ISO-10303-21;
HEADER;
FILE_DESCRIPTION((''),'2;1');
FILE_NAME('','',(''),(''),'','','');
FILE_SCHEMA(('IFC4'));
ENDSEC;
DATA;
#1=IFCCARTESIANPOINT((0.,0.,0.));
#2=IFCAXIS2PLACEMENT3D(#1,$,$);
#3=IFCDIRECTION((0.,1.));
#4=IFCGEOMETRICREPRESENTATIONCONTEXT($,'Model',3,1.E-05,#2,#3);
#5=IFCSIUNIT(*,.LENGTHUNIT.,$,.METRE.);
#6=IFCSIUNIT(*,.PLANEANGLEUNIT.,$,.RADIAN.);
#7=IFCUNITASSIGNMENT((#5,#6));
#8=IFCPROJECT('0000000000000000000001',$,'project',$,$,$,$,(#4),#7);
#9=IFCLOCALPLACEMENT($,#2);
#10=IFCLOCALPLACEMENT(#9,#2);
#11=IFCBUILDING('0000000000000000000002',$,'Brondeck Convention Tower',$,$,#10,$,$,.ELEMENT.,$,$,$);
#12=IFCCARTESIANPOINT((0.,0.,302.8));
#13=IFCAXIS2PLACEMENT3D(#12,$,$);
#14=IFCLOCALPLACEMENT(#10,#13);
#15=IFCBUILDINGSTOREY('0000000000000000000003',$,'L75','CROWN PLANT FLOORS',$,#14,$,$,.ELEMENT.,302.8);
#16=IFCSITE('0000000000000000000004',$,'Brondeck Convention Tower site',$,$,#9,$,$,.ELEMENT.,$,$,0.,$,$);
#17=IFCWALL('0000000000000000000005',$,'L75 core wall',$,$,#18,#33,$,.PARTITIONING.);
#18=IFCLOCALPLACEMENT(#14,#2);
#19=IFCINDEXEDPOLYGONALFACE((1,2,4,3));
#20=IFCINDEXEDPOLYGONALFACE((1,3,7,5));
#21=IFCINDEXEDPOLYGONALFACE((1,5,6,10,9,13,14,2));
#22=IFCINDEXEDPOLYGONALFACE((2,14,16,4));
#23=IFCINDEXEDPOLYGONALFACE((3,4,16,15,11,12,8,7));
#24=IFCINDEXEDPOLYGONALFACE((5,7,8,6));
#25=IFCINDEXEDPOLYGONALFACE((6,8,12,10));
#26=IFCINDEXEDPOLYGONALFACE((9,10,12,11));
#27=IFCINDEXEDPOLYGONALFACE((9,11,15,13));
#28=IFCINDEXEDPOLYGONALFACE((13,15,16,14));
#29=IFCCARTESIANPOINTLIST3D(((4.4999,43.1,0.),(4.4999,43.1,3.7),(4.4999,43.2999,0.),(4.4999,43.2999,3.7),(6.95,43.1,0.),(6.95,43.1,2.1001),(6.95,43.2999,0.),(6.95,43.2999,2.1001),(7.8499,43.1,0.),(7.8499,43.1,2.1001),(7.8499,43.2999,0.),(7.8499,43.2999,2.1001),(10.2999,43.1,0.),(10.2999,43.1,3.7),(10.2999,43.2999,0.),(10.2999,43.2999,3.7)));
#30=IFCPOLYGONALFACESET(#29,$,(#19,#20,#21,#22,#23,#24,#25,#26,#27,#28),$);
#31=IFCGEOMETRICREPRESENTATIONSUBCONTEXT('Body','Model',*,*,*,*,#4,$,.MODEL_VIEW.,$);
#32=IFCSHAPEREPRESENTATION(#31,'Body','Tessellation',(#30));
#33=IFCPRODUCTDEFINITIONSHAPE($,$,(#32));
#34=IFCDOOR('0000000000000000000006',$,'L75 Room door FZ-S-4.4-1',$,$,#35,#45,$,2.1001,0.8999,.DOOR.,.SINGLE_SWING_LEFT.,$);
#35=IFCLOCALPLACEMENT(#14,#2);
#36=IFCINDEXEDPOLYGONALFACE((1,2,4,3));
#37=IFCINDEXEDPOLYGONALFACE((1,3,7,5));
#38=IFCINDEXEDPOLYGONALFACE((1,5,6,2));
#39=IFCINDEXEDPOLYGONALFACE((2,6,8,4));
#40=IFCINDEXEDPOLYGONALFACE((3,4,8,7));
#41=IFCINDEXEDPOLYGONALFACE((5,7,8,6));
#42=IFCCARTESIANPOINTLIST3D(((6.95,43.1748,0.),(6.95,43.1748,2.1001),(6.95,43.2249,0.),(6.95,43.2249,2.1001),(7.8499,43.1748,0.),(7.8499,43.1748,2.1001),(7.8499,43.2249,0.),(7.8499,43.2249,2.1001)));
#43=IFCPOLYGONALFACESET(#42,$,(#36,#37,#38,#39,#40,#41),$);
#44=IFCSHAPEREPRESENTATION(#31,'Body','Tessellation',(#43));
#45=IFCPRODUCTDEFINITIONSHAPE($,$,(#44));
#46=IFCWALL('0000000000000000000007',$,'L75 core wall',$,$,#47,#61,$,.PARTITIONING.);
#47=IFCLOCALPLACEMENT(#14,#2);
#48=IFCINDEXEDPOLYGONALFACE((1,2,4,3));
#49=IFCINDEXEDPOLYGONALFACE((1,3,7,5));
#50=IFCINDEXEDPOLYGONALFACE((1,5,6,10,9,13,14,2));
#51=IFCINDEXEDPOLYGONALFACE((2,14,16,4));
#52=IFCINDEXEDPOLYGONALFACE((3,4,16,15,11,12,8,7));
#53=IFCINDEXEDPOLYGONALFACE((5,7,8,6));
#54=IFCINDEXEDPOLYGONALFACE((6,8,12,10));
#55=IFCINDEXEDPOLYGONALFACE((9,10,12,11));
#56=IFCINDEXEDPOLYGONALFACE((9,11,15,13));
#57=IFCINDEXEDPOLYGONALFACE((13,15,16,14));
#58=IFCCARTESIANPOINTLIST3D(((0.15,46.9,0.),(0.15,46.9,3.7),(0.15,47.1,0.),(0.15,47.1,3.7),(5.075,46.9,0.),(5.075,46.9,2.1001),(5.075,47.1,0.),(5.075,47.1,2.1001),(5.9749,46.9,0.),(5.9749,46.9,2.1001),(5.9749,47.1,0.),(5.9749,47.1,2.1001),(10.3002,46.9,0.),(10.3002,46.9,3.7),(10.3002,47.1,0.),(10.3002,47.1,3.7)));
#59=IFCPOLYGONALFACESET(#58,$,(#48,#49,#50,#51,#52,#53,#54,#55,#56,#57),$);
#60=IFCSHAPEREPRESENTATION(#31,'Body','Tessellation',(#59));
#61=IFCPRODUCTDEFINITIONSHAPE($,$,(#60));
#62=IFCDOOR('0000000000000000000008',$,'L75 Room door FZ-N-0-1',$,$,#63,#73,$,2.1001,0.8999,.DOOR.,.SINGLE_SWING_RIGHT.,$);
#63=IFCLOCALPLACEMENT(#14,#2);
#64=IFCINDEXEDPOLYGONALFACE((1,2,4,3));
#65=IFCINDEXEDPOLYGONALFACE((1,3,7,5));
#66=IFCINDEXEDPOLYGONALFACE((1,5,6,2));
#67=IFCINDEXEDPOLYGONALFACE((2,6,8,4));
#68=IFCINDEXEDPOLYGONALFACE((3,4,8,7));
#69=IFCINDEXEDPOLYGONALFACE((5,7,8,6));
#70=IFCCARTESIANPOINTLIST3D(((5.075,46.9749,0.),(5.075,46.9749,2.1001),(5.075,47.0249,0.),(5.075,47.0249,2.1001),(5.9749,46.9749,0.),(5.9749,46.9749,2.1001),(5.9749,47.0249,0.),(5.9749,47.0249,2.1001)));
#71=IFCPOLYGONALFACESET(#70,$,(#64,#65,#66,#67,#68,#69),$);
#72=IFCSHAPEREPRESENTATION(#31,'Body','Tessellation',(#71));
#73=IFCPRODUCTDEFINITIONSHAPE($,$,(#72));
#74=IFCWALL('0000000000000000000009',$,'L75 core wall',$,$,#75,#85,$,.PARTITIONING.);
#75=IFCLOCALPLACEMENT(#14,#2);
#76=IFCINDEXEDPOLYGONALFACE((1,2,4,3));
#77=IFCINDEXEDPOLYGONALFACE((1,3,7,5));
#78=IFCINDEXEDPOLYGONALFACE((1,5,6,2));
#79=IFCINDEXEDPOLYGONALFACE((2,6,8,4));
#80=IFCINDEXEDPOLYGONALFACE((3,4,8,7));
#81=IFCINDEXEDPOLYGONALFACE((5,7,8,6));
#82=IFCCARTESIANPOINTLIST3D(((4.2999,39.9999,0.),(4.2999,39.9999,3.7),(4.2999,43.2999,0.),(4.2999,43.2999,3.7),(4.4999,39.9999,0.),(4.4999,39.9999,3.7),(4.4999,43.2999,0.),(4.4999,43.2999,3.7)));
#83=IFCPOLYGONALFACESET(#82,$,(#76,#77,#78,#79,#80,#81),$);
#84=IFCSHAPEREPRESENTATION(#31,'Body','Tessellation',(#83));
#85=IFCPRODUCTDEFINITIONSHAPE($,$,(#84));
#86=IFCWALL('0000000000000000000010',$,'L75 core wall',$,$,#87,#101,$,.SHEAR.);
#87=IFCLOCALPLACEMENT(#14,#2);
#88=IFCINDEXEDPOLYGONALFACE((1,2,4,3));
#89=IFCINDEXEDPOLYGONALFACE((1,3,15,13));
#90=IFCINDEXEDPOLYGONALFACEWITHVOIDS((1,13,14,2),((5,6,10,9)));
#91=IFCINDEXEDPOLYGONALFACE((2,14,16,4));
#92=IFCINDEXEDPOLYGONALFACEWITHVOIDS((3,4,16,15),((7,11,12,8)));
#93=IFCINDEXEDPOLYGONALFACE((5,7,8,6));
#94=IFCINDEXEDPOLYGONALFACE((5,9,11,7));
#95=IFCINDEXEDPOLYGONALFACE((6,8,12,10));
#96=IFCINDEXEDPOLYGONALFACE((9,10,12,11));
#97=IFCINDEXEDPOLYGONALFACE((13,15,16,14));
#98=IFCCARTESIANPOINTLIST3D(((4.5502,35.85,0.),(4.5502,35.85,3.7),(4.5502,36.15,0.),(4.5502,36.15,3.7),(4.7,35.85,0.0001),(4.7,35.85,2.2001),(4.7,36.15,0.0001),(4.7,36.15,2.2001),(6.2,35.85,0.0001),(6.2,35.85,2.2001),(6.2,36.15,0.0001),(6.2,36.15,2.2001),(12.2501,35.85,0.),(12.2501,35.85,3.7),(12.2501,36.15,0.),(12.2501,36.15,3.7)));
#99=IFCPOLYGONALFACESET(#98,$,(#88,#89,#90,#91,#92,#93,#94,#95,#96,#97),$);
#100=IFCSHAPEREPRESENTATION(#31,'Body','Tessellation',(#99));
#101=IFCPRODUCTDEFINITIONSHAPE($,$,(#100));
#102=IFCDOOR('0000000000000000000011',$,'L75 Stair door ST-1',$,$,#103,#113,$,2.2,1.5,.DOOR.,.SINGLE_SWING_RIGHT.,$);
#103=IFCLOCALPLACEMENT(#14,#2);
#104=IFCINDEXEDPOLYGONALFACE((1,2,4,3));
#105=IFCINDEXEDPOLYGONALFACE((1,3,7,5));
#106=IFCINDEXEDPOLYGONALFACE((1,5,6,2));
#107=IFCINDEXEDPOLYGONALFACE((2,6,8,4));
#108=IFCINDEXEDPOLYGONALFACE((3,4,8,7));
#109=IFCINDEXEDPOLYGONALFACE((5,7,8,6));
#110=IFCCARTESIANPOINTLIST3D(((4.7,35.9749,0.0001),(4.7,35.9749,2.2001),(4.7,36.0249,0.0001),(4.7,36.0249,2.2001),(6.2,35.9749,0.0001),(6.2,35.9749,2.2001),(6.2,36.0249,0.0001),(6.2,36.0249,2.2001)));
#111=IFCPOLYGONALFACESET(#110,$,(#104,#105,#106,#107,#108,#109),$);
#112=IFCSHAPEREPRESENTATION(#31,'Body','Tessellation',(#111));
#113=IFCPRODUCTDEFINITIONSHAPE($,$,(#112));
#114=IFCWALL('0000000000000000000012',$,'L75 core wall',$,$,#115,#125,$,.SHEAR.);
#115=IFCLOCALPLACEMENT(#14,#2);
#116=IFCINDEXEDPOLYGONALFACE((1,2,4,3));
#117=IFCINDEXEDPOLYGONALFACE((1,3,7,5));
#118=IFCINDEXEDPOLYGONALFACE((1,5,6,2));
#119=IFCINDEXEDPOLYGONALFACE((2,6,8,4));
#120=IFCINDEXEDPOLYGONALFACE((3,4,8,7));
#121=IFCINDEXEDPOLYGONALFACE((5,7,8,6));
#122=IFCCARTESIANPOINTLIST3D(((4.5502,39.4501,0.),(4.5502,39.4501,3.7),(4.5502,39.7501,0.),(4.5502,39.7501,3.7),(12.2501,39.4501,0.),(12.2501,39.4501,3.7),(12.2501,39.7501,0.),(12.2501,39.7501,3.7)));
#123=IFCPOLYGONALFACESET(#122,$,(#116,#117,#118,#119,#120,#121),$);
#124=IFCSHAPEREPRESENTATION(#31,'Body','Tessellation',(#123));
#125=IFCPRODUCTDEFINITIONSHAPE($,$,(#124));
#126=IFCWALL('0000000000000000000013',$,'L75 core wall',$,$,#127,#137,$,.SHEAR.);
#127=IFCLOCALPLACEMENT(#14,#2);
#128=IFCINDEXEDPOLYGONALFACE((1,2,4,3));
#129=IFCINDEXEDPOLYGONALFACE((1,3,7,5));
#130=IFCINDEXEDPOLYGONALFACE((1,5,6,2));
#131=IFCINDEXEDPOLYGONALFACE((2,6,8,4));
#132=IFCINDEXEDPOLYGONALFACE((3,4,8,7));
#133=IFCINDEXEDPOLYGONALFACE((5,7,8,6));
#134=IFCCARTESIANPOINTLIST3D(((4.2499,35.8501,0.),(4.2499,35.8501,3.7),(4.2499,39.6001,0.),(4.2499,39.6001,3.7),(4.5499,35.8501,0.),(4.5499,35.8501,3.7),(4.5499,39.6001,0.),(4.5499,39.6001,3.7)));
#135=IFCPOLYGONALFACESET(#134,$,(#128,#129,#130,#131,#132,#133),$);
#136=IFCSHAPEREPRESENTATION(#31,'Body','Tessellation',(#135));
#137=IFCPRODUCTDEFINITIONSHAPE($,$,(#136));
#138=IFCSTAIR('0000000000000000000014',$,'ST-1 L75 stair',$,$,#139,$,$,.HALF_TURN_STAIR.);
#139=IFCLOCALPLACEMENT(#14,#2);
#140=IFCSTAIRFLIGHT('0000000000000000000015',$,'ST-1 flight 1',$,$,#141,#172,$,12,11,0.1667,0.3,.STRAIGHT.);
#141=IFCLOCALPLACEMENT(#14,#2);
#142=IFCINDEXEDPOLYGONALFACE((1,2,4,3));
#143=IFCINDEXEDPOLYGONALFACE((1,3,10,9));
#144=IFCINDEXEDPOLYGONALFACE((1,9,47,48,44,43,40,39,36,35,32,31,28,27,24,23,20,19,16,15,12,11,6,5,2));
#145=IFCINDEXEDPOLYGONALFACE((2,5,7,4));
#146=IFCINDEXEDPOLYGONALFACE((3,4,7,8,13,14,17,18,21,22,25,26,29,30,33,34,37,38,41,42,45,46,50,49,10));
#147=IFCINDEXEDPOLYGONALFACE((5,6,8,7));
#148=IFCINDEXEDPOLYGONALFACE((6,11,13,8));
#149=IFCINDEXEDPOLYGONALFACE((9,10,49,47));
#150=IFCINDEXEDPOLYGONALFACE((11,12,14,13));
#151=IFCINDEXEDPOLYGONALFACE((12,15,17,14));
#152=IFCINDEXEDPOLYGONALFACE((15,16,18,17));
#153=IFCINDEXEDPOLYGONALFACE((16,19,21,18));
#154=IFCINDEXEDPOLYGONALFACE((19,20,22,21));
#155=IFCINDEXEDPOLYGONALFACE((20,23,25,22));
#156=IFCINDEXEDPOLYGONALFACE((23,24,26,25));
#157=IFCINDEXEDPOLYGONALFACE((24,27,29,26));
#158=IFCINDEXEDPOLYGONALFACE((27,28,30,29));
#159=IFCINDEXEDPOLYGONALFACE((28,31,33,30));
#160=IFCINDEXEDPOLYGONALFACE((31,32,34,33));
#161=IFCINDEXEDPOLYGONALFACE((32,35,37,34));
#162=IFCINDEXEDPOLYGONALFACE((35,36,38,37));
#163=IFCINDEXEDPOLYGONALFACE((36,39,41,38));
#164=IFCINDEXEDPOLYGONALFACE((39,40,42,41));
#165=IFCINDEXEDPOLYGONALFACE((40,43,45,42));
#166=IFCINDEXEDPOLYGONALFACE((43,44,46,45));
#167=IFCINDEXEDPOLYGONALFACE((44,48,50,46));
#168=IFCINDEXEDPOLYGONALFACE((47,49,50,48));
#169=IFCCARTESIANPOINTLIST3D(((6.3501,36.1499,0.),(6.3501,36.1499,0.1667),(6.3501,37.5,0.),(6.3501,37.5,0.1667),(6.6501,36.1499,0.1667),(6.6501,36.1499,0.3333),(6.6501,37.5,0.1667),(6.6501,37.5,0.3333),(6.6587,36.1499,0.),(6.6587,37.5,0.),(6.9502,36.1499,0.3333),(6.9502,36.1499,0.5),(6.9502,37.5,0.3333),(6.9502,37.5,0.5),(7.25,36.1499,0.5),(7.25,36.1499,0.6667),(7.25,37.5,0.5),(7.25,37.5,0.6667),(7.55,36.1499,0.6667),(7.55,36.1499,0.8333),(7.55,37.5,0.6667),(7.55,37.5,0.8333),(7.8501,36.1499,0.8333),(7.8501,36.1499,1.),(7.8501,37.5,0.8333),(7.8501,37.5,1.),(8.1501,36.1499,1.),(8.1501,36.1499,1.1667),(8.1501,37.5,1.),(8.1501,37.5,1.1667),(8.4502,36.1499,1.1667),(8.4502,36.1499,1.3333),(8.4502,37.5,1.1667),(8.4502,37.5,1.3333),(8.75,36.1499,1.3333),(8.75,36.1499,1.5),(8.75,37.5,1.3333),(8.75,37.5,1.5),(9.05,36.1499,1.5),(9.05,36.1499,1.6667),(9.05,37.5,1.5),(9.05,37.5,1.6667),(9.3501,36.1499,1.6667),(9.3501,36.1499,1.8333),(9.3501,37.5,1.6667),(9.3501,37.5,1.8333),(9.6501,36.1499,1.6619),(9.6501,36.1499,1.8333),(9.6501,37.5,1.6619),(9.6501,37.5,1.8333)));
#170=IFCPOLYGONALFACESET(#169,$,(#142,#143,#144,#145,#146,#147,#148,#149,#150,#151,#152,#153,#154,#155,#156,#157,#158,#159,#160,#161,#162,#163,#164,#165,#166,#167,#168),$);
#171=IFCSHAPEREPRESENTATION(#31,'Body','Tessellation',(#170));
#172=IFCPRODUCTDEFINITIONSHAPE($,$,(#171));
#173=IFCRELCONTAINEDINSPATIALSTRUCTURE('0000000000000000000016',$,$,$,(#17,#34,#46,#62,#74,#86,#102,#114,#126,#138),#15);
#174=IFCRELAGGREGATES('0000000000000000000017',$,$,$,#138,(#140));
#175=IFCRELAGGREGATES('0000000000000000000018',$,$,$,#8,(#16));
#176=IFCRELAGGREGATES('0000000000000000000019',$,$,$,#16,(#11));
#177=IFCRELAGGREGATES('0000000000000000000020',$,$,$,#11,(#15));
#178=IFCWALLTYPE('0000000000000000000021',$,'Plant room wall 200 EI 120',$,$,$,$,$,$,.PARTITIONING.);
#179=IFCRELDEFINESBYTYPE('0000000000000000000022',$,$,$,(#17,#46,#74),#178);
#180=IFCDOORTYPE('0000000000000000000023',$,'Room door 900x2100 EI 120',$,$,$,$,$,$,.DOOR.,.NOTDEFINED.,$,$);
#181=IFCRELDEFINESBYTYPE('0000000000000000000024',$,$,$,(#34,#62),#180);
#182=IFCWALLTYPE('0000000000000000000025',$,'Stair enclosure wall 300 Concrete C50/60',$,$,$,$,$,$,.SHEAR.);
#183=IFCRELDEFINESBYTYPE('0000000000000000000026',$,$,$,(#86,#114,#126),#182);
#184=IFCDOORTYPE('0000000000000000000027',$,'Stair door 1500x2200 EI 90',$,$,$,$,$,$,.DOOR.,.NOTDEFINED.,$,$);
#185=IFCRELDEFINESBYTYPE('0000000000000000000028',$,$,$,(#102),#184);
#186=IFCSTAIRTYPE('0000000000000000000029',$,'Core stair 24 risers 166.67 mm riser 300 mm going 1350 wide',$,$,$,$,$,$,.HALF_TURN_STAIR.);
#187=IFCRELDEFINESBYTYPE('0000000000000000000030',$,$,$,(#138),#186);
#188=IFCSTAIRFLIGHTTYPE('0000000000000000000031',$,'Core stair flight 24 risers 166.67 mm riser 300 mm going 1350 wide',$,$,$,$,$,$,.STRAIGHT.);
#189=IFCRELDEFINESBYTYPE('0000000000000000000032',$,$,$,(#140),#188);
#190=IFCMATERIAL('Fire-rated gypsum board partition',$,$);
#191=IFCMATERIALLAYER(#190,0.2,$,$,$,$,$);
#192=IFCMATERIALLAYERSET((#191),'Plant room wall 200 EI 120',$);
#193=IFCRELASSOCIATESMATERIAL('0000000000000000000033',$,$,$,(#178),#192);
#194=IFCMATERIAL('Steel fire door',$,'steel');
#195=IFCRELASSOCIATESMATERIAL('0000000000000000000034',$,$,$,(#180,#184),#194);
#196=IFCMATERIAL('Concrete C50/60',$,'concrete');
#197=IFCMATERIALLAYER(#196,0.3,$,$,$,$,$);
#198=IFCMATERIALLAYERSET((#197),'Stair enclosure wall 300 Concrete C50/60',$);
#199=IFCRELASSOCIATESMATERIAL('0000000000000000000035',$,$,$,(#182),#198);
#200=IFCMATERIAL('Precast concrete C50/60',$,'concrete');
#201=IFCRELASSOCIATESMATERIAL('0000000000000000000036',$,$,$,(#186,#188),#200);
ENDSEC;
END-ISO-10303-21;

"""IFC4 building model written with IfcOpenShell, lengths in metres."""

from ifc_helpers import new_model, si_unit, direction, frame, frame_2d, origin, place, context, subcontext, project, spatial, polyline, rectangle, outline, extrude, material, layer, layer_set, type_object, element, fill, aggregate, save


model = new_model("IFC4")

# Units and contexts
model_context = context("Model", 3, precision=1e-05, world=origin(), true_north=direction((0.0, 1.0)))
body_context = subcontext(model_context, "Body", "Model", "MODEL_VIEW")
ifc_project = project(units=[si_unit("LENGTHUNIT", "METRE"), si_unit("PLANEANGLEUNIT", "RADIAN")], contexts=[model_context])

# Site, building, storey
site_placement = place(None, origin())
site = spatial("IfcSite", under=ifc_project, at=site_placement, Name="Brondeck Convention Tower site", CompositionType="ELEMENT", RefElevation=0.0)
building_placement = place(site_placement, origin())
building = spatial("IfcBuilding", under=site, at=building_placement, Name="Brondeck Convention Tower", CompositionType="ELEMENT")
storey_placement = place(building_placement, frame((0.0, 0.0, 302.8)))
storey = spatial("IfcBuildingStorey", under=building, at=storey_placement, Name="L75", Description="CROWN PLANT FLOORS", CompositionType="ELEMENT", Elevation=302.8)

# Shared definitions
ifc_material_1 = material(Name="Concrete C50/60", Category="concrete")

# Shared definitions
ifc_material_2 = material(Name="Fire-rated gypsum board partition")
ifc_layer_1 = layer(ifc_material_2, 0.2)
ifc_layer_set_1 = layer_set([ifc_layer_1], Name="Plant room wall 200 EI 120")
wall_type_1 = type_object("IfcWallType", Name="Plant room wall 200 EI 120", PredefinedType="PARTITIONING", material=ifc_layer_set_1)

# Walls, openings, doors
wall_1_placement = place(storey_placement, frame((4.5, 43.2, 0.0), z_axis=(0.0, 0.0, 1.0), x_axis=(1.0, 0.0, 0.0)))
wall_1 = element("IfcWall", 1, at=wall_1_placement, inside=storey, type_object=wall_type_1, Name="L75 core wall", PredefinedType="PARTITIONING", context=body_context, shape_type="SweptSolid", body=[
    extrude(rectangle(XDim=5.8, YDim=0.2, at=frame_2d((2.8999, 0.0))), origin(), (0.0, 0.0, 1.0), 3.7),
])
opening_1_placement = place(wall_1_placement, frame((2.45, 0.0, 0.0)))
opening_1 = element("IfcOpeningElement", 2, at=opening_1_placement, cuts=wall_1, PredefinedType="OPENING", context=body_context, shape_type="SweptSolid", body=[
    extrude(rectangle(XDim=0.8999, YDim=2.1001, at=frame_2d((0.45, 1.05))), frame((0.0, 0.1099, 0.0), z_axis=(0.0, -1.0, 0.0), x_axis=(1.0, 0.0, 0.0)), (0.0, 0.0, 1.0), 0.22),
])
ifc_material_3 = material(Name="Steel fire door", Category="steel")
door_type_1 = type_object("IfcDoorType", Name="Room door 900x2100 EI 120", OperationType="NOTDEFINED", PredefinedType="DOOR", material=ifc_material_3)
door_1_placement = place(opening_1_placement, origin())
door_1 = element("IfcDoor", 3, at=door_1_placement, inside=storey, type_object=door_type_1, Name="L75 Room door FZ-S-4.4-1", OperationType="SINGLE_SWING_LEFT", OverallHeight=2.1001, OverallWidth=0.8999, PredefinedType="DOOR", context=body_context, shape_type="SweptSolid", body=[
    extrude(rectangle(XDim=0.8999, YDim=2.1001, at=frame_2d((0.45, 1.05))), frame((0.0, 0.0249, 0.0), z_axis=(0.0, -1.0, 0.0), x_axis=(1.0, 0.0, 0.0)), (0.0, 0.0, 1.0), 0.05),
])
fill(opening_1, door_1)
wall_2_placement = place(storey_placement, frame((0.1499, 47.0, 0.0), z_axis=(0.0, 0.0, 1.0), x_axis=(1.0, 0.0, 0.0)))
wall_2 = element("IfcWall", 4, at=wall_2_placement, inside=storey, type_object=wall_type_1, Name="L75 core wall", PredefinedType="PARTITIONING", context=body_context, shape_type="SweptSolid", body=[
    extrude(rectangle(XDim=10.1501, YDim=0.2, at=frame_2d((5.0752, 0.0))), origin(), (0.0, 0.0, 1.0), 3.7),
])
opening_2_placement = place(wall_2_placement, frame((4.925, 0.0, 0.0)))
opening_2 = element("IfcOpeningElement", 5, at=opening_2_placement, cuts=wall_2, PredefinedType="OPENING", context=body_context, shape_type="SweptSolid", body=[
    extrude(rectangle(XDim=0.8999, YDim=2.1001, at=frame_2d((0.45, 1.05))), frame((0.0, 0.1099, 0.0), z_axis=(0.0, -1.0, 0.0), x_axis=(1.0, 0.0, 0.0)), (0.0, 0.0, 1.0), 0.22),
])
door_2_placement = place(opening_2_placement, origin())
door_2 = element("IfcDoor", 6, at=door_2_placement, inside=storey, type_object=door_type_1, Name="L75 Room door FZ-N-0-1", OperationType="SINGLE_SWING_RIGHT", OverallHeight=2.1001, OverallWidth=0.8999, PredefinedType="DOOR", context=body_context, shape_type="SweptSolid", body=[
    extrude(rectangle(XDim=0.8999, YDim=2.1001, at=frame_2d((0.45, 1.05))), frame((0.0, 0.0249, 0.0), z_axis=(0.0, -1.0, 0.0), x_axis=(1.0, 0.0, 0.0)), (0.0, 0.0, 1.0), 0.05),
])
fill(opening_2, door_2)

# Wall
wall_3_placement = place(storey_placement, frame((4.3999, 40.0, 0.0), z_axis=(0.0, 0.0, 1.0), x_axis=(0.0, 1.0, 0.0)))
element("IfcWall", 7, at=wall_3_placement, inside=storey, type_object=wall_type_1, Name="L75 core wall", PredefinedType="PARTITIONING", context=body_context, shape_type="SweptSolid", body=[
    extrude(rectangle(XDim=3.3, YDim=0.2, at=frame_2d((1.6499, 0.0))), origin(), (0.0, 0.0, 1.0), 3.7),
])

# Wall, opening, door
ifc_layer_2 = layer(ifc_material_1, 0.3)
ifc_layer_set_2 = layer_set([ifc_layer_2], Name="Stair enclosure wall 300 Concrete C50/60")
wall_type_2 = type_object("IfcWallType", Name="Stair enclosure wall 300 Concrete C50/60", PredefinedType="SHEAR", material=ifc_layer_set_2)
wall_4_placement = place(storey_placement, frame((4.55, 36.0, 0.0), z_axis=(0.0, 0.0, 1.0), x_axis=(1.0, 0.0, 0.0)))
wall_4 = element("IfcWall", 8, at=wall_4_placement, inside=storey, type_object=wall_type_2, Name="L75 core wall", PredefinedType="SHEAR", context=body_context, shape_type="SweptSolid", body=[
    extrude(rectangle(XDim=7.7, YDim=0.3, at=frame_2d((3.8501, 0.0))), origin(), (0.0, 0.0, 1.0), 3.7),
])
opening_3_placement = place(wall_4_placement, frame((0.1499, 0.0, 0.0)))
opening_3 = element("IfcOpeningElement", 9, at=opening_3_placement, cuts=wall_4, PredefinedType="OPENING", context=body_context, shape_type="SweptSolid", body=[
    extrude(rectangle(XDim=1.5, YDim=2.2, at=frame_2d((0.75, 1.1001))), frame((0.0, 0.1599, 0.0), z_axis=(0.0, -1.0, 0.0), x_axis=(1.0, 0.0, 0.0)), (0.0, 0.0, 1.0), 0.3201),
])
door_type_2 = type_object("IfcDoorType", Name="Stair door 1500x2200 EI 90", OperationType="NOTDEFINED", PredefinedType="DOOR", material=ifc_material_3)
door_3_placement = place(opening_3_placement, origin())
door_3 = element("IfcDoor", 10, at=door_3_placement, inside=storey, type_object=door_type_2, Name="L75 Stair door ST-1", OperationType="SINGLE_SWING_RIGHT", OverallHeight=2.2, OverallWidth=1.5, PredefinedType="DOOR", context=body_context, shape_type="SweptSolid", body=[
    extrude(rectangle(XDim=1.5, YDim=2.2, at=frame_2d((0.75, 1.1001))), frame((0.0, 0.0249, 0.0), z_axis=(0.0, -1.0, 0.0), x_axis=(1.0, 0.0, 0.0)), (0.0, 0.0, 1.0), 0.05),
])
fill(opening_3, door_3)

# Walls
wall_5_placement = place(storey_placement, frame((4.55, 39.6001, 0.0), z_axis=(0.0, 0.0, 1.0), x_axis=(1.0, 0.0, 0.0)))
element("IfcWall", 11, at=wall_5_placement, inside=storey, type_object=wall_type_2, Name="L75 core wall", PredefinedType="SHEAR", context=body_context, shape_type="SweptSolid", body=[
    extrude(rectangle(XDim=7.7, YDim=0.3, at=frame_2d((3.8501, 0.0))), origin(), (0.0, 0.0, 1.0), 3.7),
])
wall_6_placement = place(storey_placement, frame((4.3999, 35.8501, 0.0), z_axis=(0.0, 0.0, 1.0), x_axis=(0.0, 1.0, 0.0)))
element("IfcWall", 12, at=wall_6_placement, inside=storey, type_object=wall_type_2, Name="L75 core wall", PredefinedType="SHEAR", context=body_context, shape_type="SweptSolid", body=[
    extrude(rectangle(XDim=3.75, YDim=0.3, at=frame_2d((1.875, 0.0))), origin(), (0.0, 0.0, 1.0), 3.7),
])

# Stair, stair flight
ifc_material_4 = material(Name="Precast concrete C50/60", Category="concrete")
stair_type = type_object("IfcStairType", Name="Core stair 24 risers 166.67 mm riser 300 mm going 1350 wide", PredefinedType="HALF_TURN_STAIR", material=ifc_material_4)
stair_placement = place(storey_placement, origin())
stair = element("IfcStair", 13, at=stair_placement, inside=storey, type_object=stair_type, Name="ST-1 L75 stair", PredefinedType="HALF_TURN_STAIR")
stair_flight_type = type_object("IfcStairFlightType", Name="Core stair flight 24 risers 166.67 mm riser 300 mm going 1350 wide", PredefinedType="STRAIGHT", material=ifc_material_4)
stair_flight_placement = place(storey_placement, frame((6.3501, 36.825, 0.0), z_axis=(0.0, 0.0, 1.0), x_axis=(1.0, 0.0, 0.0)))
stair_flight = element("IfcStairFlight", 14, at=stair_flight_placement, type_object=stair_flight_type, Name="ST-1 flight 1", NumberOfRisers=12, NumberOfTreads=11, PredefinedType="STRAIGHT", RiserHeight=0.1667, TreadLength=0.3, context=body_context, shape_type="SweptSolid", body=[
    extrude(outline(polyline([(0.0, 0.0), (0.0, 0.1667), (0.3, 0.1667), (0.3, 0.3333), (0.6001, 0.3333), (0.6001, 0.5), (0.8999, 0.5), (0.8999, 0.6667), (1.2, 0.6667), (1.2, 0.8333), (1.5, 0.8333), (1.5, 1.0), (1.8, 1.0), (1.8, 1.1667), (2.1001, 1.1667), (2.1001, 1.3333), (2.3999, 1.3333), (2.3999, 1.5), (2.7, 1.5), (2.7, 1.6667), (3.0, 1.6667), (3.0, 1.8333), (3.3, 1.8333), (3.3, 2.0), (3.3, 1.6619), (0.3086, 0.0), (0.0, 0.0)])), frame((0.0, 0.675, 0.0), z_axis=(0.0, -1.0, 0.0), x_axis=(1.0, 0.0, 0.0)), (0.0, 0.0, 1.0), 1.3501),
])
aggregate(stair, [stair_flight])

save(model, "model.ifc")
